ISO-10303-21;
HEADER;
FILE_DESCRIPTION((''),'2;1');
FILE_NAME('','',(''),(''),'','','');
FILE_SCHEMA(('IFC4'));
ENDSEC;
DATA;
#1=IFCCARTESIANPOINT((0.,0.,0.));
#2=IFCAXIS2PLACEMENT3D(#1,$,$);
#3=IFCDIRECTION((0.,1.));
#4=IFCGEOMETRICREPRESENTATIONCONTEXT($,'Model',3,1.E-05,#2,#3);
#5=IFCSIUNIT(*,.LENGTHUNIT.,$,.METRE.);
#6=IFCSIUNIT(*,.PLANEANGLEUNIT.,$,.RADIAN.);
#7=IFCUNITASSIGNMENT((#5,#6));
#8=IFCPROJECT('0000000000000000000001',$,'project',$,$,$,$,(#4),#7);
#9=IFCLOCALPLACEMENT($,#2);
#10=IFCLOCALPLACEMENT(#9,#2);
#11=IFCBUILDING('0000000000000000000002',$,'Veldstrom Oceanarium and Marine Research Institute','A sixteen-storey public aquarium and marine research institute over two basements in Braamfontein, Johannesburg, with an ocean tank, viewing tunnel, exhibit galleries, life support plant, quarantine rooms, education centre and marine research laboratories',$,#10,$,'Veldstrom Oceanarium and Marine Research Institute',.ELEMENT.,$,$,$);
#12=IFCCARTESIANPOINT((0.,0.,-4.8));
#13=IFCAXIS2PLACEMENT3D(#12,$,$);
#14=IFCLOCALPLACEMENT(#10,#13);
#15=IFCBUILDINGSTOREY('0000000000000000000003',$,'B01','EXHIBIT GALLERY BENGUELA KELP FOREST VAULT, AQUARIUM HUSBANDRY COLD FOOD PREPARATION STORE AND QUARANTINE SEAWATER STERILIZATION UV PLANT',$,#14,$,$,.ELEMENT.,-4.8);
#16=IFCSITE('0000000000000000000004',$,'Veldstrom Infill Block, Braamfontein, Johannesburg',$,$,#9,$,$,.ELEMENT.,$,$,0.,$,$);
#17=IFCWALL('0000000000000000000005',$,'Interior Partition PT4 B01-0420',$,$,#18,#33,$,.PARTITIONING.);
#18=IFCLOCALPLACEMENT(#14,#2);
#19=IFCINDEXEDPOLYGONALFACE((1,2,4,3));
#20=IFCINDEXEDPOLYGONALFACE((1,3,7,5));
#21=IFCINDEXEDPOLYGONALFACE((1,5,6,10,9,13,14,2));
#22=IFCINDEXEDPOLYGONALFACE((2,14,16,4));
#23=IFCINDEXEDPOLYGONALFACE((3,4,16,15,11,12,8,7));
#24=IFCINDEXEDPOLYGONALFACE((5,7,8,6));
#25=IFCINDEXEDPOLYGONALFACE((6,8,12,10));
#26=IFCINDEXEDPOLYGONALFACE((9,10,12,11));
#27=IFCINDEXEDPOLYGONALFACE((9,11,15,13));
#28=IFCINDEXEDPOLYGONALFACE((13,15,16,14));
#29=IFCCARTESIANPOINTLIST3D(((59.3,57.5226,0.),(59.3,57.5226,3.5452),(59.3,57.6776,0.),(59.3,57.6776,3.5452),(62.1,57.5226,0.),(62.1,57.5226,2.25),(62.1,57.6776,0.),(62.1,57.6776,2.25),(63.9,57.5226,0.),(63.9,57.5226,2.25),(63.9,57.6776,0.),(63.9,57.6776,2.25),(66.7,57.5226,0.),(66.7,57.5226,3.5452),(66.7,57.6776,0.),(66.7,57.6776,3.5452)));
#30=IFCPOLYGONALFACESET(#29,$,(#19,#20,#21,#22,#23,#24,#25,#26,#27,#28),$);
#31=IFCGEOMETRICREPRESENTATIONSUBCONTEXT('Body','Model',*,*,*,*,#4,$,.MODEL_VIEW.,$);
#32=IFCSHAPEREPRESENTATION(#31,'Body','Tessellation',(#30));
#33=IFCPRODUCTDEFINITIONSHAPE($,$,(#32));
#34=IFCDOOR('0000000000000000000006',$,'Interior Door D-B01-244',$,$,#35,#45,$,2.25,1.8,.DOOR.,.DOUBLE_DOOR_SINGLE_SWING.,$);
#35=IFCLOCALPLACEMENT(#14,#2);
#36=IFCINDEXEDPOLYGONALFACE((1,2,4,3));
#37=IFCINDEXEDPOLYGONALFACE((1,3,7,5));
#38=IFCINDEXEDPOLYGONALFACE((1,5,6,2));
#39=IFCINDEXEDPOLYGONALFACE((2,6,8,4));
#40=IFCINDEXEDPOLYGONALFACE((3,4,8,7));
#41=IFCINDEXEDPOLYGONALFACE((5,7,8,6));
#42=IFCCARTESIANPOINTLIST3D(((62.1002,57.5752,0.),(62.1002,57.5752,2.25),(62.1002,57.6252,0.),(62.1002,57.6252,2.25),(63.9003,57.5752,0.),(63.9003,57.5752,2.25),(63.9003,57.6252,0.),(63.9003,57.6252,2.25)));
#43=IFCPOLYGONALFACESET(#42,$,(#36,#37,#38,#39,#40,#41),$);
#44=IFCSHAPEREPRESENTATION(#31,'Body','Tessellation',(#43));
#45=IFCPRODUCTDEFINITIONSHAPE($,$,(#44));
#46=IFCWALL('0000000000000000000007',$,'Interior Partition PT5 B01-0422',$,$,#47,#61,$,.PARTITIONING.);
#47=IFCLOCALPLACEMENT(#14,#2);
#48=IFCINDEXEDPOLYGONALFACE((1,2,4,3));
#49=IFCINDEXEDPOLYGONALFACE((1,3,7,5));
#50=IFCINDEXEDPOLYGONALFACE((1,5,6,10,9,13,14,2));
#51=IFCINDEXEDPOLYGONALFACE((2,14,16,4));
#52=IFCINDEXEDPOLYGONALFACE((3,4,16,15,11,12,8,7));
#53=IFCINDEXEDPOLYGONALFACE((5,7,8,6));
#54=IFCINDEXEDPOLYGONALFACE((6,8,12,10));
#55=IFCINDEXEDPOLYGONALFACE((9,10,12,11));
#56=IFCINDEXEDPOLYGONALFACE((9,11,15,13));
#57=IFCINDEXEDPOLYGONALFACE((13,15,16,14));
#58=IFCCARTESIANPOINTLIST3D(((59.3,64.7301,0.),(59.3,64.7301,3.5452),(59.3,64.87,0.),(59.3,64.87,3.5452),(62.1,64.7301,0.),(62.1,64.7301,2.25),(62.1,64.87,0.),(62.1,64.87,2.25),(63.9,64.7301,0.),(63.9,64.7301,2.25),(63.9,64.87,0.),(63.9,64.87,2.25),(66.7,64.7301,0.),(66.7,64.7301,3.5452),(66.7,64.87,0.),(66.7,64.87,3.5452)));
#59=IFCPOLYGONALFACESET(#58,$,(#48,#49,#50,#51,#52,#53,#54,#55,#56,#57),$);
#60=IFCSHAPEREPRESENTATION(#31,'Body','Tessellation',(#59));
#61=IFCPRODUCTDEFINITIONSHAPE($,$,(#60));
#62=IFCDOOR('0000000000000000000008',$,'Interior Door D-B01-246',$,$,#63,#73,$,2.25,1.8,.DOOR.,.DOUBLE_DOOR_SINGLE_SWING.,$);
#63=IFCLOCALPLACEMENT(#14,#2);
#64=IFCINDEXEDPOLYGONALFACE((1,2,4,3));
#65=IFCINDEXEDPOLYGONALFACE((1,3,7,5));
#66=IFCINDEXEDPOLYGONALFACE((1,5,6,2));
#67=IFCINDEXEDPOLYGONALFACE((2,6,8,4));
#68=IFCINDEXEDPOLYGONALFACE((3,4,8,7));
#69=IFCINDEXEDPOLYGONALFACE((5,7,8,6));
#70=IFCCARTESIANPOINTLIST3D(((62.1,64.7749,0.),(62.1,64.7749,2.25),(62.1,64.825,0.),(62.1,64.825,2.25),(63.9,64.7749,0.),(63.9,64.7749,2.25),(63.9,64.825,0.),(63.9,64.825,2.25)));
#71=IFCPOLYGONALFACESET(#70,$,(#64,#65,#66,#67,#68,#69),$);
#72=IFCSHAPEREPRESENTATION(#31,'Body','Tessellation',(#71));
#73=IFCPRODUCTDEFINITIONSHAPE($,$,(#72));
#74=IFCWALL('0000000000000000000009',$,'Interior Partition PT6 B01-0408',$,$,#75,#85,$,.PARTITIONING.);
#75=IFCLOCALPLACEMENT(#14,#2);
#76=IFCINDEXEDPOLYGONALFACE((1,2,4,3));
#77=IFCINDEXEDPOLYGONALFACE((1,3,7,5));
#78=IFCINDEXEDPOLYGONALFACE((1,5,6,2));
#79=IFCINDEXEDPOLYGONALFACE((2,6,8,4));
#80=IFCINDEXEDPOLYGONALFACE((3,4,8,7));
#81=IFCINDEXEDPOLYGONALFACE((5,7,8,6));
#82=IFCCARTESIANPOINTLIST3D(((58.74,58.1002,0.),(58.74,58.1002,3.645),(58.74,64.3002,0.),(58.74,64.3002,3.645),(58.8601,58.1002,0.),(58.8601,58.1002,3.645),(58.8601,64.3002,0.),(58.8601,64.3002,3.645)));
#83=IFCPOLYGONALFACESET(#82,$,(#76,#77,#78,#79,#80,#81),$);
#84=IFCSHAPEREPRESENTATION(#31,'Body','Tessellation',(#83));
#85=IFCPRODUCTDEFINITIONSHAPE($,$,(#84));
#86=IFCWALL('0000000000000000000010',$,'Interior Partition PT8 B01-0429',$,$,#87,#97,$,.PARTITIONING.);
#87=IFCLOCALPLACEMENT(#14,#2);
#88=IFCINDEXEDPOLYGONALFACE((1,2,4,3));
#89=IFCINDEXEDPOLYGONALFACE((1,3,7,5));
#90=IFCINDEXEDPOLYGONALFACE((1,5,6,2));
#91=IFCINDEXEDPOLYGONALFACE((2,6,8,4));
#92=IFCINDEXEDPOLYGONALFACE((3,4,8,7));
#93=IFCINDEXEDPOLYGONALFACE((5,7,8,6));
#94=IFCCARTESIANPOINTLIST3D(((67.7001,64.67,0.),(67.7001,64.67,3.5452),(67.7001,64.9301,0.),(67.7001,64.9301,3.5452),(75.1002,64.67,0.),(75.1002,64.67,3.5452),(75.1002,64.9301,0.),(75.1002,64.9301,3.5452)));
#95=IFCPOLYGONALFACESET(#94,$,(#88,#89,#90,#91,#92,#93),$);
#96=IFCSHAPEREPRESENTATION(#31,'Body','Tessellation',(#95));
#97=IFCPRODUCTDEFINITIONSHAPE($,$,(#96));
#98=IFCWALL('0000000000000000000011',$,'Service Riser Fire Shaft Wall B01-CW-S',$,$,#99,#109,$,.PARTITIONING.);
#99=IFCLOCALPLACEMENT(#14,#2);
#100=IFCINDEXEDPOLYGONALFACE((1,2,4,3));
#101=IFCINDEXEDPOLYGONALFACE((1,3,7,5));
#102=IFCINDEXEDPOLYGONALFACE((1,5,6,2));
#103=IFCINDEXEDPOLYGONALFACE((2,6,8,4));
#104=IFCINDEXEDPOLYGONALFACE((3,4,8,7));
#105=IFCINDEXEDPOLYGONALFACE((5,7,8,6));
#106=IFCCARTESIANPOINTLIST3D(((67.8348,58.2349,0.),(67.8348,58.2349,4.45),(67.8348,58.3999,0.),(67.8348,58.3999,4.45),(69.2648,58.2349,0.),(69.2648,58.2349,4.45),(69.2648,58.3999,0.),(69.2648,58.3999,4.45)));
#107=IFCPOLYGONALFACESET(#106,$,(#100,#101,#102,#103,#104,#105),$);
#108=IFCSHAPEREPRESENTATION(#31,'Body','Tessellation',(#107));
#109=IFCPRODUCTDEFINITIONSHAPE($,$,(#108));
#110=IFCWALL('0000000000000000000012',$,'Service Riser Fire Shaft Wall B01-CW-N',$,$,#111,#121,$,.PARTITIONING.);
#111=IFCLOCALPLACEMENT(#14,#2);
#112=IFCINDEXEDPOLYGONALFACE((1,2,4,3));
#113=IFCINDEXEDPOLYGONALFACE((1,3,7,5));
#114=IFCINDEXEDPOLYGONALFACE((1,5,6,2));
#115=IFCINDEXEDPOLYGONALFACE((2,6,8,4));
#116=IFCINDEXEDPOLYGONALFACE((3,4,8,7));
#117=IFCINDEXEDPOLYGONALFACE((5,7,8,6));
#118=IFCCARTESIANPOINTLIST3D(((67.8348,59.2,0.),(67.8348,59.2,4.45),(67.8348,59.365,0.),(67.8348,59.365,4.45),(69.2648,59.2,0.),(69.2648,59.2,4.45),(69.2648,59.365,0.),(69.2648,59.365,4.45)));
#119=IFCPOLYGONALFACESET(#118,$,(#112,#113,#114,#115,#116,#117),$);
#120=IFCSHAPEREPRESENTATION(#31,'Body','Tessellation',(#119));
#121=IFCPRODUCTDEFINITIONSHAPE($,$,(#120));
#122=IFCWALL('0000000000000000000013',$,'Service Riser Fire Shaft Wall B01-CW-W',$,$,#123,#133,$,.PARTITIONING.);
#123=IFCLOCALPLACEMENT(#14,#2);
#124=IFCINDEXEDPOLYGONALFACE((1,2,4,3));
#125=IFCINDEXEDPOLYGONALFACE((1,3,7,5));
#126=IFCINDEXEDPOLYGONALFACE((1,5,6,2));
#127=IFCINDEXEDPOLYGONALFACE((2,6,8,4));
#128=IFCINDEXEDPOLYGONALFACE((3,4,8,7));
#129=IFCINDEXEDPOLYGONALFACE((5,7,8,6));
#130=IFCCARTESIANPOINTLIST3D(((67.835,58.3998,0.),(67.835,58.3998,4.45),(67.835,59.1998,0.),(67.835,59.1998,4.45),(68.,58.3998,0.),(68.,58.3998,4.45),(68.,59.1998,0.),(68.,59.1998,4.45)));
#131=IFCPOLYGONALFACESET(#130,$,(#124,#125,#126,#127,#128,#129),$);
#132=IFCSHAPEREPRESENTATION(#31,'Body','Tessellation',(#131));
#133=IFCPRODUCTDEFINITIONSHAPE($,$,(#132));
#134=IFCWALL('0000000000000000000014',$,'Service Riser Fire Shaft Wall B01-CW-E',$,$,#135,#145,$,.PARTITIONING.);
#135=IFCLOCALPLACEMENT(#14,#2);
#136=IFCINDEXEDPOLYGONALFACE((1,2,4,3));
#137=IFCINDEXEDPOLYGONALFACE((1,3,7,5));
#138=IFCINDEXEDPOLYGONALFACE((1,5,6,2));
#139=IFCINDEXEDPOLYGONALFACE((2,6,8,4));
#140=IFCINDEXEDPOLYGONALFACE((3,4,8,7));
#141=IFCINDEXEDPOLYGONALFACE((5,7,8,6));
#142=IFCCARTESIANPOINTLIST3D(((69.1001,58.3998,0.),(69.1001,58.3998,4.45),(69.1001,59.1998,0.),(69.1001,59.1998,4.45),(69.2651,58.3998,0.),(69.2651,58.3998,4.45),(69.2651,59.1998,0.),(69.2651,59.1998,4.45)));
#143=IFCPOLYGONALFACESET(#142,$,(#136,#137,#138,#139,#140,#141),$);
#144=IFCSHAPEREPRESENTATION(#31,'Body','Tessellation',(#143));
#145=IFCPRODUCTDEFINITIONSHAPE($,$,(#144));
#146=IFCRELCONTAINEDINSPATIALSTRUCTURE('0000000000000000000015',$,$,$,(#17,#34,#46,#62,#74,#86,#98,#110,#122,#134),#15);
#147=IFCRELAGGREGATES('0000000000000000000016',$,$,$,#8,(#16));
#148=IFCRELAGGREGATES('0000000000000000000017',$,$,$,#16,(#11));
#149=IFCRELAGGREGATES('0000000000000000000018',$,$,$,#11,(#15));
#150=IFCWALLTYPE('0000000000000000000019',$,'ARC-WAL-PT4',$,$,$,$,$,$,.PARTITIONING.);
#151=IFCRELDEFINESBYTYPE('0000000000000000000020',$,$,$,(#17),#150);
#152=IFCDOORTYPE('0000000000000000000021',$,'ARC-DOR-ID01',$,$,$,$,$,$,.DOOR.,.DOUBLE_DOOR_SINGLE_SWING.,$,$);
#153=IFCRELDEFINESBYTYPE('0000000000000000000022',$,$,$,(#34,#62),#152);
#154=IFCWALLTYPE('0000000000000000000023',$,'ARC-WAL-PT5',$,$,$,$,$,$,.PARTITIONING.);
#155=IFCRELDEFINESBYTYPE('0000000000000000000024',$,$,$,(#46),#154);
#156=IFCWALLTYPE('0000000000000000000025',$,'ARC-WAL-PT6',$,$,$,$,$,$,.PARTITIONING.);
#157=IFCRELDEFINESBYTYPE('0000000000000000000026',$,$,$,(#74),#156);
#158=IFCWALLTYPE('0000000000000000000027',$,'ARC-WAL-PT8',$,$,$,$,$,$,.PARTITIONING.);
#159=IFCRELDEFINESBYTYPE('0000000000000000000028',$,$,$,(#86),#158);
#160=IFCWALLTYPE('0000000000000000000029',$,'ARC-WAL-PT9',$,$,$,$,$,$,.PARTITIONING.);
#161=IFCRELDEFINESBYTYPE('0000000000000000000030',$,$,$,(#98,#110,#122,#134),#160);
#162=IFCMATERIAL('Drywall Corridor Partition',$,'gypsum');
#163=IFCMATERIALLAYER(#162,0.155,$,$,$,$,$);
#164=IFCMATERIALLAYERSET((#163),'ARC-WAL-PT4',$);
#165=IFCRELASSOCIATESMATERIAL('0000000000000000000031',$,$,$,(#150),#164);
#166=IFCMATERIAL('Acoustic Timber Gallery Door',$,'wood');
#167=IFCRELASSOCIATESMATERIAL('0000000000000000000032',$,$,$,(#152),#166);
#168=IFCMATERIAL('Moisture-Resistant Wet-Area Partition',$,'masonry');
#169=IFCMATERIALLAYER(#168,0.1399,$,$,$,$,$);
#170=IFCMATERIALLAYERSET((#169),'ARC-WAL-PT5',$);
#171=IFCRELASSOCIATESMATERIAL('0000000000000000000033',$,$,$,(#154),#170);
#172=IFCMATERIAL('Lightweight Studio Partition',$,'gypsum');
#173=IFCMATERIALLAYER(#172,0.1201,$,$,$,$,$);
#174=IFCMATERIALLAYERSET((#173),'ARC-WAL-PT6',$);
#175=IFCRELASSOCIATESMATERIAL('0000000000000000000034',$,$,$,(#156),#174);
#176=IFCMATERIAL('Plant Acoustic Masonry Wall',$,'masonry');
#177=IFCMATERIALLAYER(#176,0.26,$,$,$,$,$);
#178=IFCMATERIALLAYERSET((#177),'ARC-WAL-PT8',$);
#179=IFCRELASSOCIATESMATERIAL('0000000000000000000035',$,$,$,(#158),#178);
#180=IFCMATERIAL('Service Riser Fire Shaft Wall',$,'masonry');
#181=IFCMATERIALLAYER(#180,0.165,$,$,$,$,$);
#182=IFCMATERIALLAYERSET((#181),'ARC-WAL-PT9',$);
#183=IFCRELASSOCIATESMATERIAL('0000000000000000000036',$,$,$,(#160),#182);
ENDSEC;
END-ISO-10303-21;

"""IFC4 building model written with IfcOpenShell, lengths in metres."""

from ifc_helpers import new_model, si_unit, direction, frame, frame_2d, origin, place, context, subcontext, project, spatial, rectangle, extrude, material, layer, layer_set, type_object, element, fill, save


model = new_model("IFC4")

# Units and contexts
model_context = context("Model", 3, precision=1e-05, world=origin(), true_north=direction((0.0, 1.0)))
body_context = subcontext(model_context, "Body", "Model", "MODEL_VIEW")
ifc_project = project(units=[si_unit("LENGTHUNIT", "METRE"), si_unit("PLANEANGLEUNIT", "RADIAN")], contexts=[model_context])

# Site, building, storey
site_placement = place(None, origin())
site = spatial("IfcSite", under=ifc_project, at=site_placement, Name="Veldstrom Infill Block, Braamfontein, Johannesburg", CompositionType="ELEMENT", RefElevation=0.0)
building_placement = place(site_placement, origin())
building = spatial("IfcBuilding", under=site, at=building_placement, Name="Veldstrom Oceanarium and Marine Research Institute", Description="A sixteen-storey public aquarium and marine research institute over two basements in Braamfontein, Johannesburg, with an ocean tank, viewing tunnel, exhibit galleries, life support plant, quarantine rooms, education centre and marine research laboratories", LongName="Veldstrom Oceanarium and Marine Research Institute", CompositionType="ELEMENT")
storey_placement = place(building_placement, frame((0.0, 0.0, -4.8)))
storey = spatial("IfcBuildingStorey", under=building, at=storey_placement, Name="B01", Description="EXHIBIT GALLERY BENGUELA KELP FOREST VAULT, AQUARIUM HUSBANDRY COLD FOOD PREPARATION STORE AND QUARANTINE SEAWATER STERILIZATION UV PLANT", CompositionType="ELEMENT", Elevation=-4.8)

# Walls, openings, doors
ifc_material_1 = material(Name="Drywall Corridor Partition", Category="gypsum")
ifc_layer_1 = layer(ifc_material_1, 0.155)
ifc_layer_set_1 = layer_set([ifc_layer_1], Name="ARC-WAL-PT4")
wall_type_1 = type_object("IfcWallType", Name="ARC-WAL-PT4", PredefinedType="PARTITIONING", material=ifc_layer_set_1)
wall_1_placement = place(storey_placement, frame((59.3, 57.6001, 0.0), z_axis=(0.0, 0.0, 1.0), x_axis=(1.0, 0.0, 0.0)))
wall_1 = element("IfcWall", 1, at=wall_1_placement, inside=storey, type_object=wall_type_1, Name="Interior Partition PT4 B01-0420", PredefinedType="PARTITIONING", context=body_context, shape_type="SweptSolid", body=[
    extrude(rectangle(XDim=7.3999, YDim=0.155, at=frame_2d((3.7, 0.0))), origin(), (0.0, 0.0, 1.0), 3.5452),
])
opening_1_placement = place(wall_1_placement, frame((2.8, 0.0, 0.0)))
opening_1 = element("IfcOpeningElement", 2, at=opening_1_placement, cuts=wall_1, PredefinedType="OPENING", context=body_context, shape_type="SweptSolid", body=[
    extrude(rectangle(XDim=1.8, YDim=2.25, at=frame_2d((0.8999, 1.125))), frame((0.0, 0.0874, 0.0), z_axis=(0.0, -1.0, 0.0), x_axis=(1.0, 0.0, 0.0)), (0.0, 0.0, 1.0), 0.175),
])
ifc_material_2 = material(Name="Acoustic Timber Gallery Door", Category="wood")
door_type_1 = type_object("IfcDoorType", Name="ARC-DOR-ID01", OperationType="DOUBLE_DOOR_SINGLE_SWING", PredefinedType="DOOR", material=ifc_material_2)
door_1_placement = place(opening_1_placement, frame((1.8, 0.0, 0.0), z_axis=(0.0, 0.0, 1.0), x_axis=(-1.0, 0.0, 0.0)))
door_1 = element("IfcDoor", 3, at=door_1_placement, inside=storey, type_object=door_type_1, Name="Interior Door D-B01-244", OperationType="DOUBLE_DOOR_SINGLE_SWING", OverallHeight=2.25, OverallWidth=1.8, PredefinedType="DOOR", context=body_context, shape_type="SweptSolid", body=[
    extrude(rectangle(XDim=1.8, YDim=2.25, at=frame_2d((0.8999, 1.125))), frame((0.0, 0.0249, 0.0), z_axis=(0.0, -1.0, 0.0), x_axis=(1.0, 0.0, 0.0)), (0.0, 0.0, 1.0), 0.05),
])
fill(opening_1, door_1)
ifc_material_3 = material(Name="Moisture-Resistant Wet-Area Partition", Category="masonry")
ifc_layer_2 = layer(ifc_material_3, 0.1399)
ifc_layer_set_2 = layer_set([ifc_layer_2], Name="ARC-WAL-PT5")
wall_type_2 = type_object("IfcWallType", Name="ARC-WAL-PT5", PredefinedType="PARTITIONING", material=ifc_layer_set_2)
wall_2_placement = place(storey_placement, frame((59.3, 64.8, 0.0), z_axis=(0.0, 0.0, 1.0), x_axis=(1.0, 0.0, 0.0)))
wall_2 = element("IfcWall", 4, at=wall_2_placement, inside=storey, type_object=wall_type_2, Name="Interior Partition PT5 B01-0422", PredefinedType="PARTITIONING", context=body_context, shape_type="SweptSolid", body=[
    extrude(rectangle(XDim=7.3999, YDim=0.1399, at=frame_2d((3.7, 0.0))), origin(), (0.0, 0.0, 1.0), 3.5452),
])
opening_2_placement = place(wall_2_placement, frame((2.8, 0.0, 0.0)))
opening_2 = element("IfcOpeningElement", 5, at=opening_2_placement, cuts=wall_2, PredefinedType="OPENING", context=body_context, shape_type="SweptSolid", body=[
    extrude(rectangle(XDim=1.8, YDim=2.25, at=frame_2d((0.8999, 1.125))), frame((0.0, 0.0798, 0.0), z_axis=(0.0, -1.0, 0.0), x_axis=(1.0, 0.0, 0.0)), (0.0, 0.0, 1.0), 0.1599),
])
door_2_placement = place(opening_2_placement, origin())
door_2 = element("IfcDoor", 6, at=door_2_placement, inside=storey, type_object=door_type_1, Name="Interior Door D-B01-246", OperationType="DOUBLE_DOOR_SINGLE_SWING", OverallHeight=2.25, OverallWidth=1.8, PredefinedType="DOOR", context=body_context, shape_type="SweptSolid", body=[
    extrude(rectangle(XDim=1.8, YDim=2.25, at=frame_2d((0.8999, 1.125))), frame((0.0, 0.0249, 0.0), z_axis=(0.0, -1.0, 0.0), x_axis=(1.0, 0.0, 0.0)), (0.0, 0.0, 1.0), 0.05),
])
fill(opening_2, door_2)

# Walls
ifc_material_4 = material(Name="Lightweight Studio Partition", Category="gypsum")
ifc_layer_3 = layer(ifc_material_4, 0.1201)
ifc_layer_set_3 = layer_set([ifc_layer_3], Name="ARC-WAL-PT6")
wall_type_3 = type_object("IfcWallType", Name="ARC-WAL-PT6", PredefinedType="PARTITIONING", material=ifc_layer_set_3)
wall_3_placement = place(storey_placement, frame((58.8, 58.1001, 0.0), z_axis=(0.0, 0.0, 1.0), x_axis=(0.0, 1.0, 0.0)))
element("IfcWall", 7, at=wall_3_placement, inside=storey, type_object=wall_type_3, Name="Interior Partition PT6 B01-0408", PredefinedType="PARTITIONING", context=body_context, shape_type="SweptSolid", body=[
    extrude(rectangle(XDim=6.2, YDim=0.1201, at=frame_2d((3.1001, 0.0))), origin(), (0.0, 0.0, 1.0), 3.645),
])
ifc_material_5 = material(Name="Plant Acoustic Masonry Wall", Category="masonry")
ifc_layer_4 = layer(ifc_material_5, 0.26)
ifc_layer_set_4 = layer_set([ifc_layer_4], Name="ARC-WAL-PT8")
wall_type_4 = type_object("IfcWallType", Name="ARC-WAL-PT8", PredefinedType="PARTITIONING", material=ifc_layer_set_4)
wall_4_placement = place(storey_placement, frame((67.7, 64.8, 0.0), z_axis=(0.0, 0.0, 1.0), x_axis=(1.0, 0.0, 0.0)))
element("IfcWall", 8, at=wall_4_placement, inside=storey, type_object=wall_type_4, Name="Interior Partition PT8 B01-0429", PredefinedType="PARTITIONING", context=body_context, shape_type="SweptSolid", body=[
    extrude(rectangle(XDim=7.4001, YDim=0.26, at=frame_2d((3.7002, 0.0))), origin(), (0.0, 0.0, 1.0), 3.5452),
])
ifc_material_6 = material(Name="Service Riser Fire Shaft Wall", Category="masonry")
ifc_layer_5 = layer(ifc_material_6, 0.165)
ifc_layer_set_5 = layer_set([ifc_layer_5], Name="ARC-WAL-PT9")
wall_type_5 = type_object("IfcWallType", Name="ARC-WAL-PT9", PredefinedType="PARTITIONING", material=ifc_layer_set_5)
for number, where, z_axis, x_axis, name in (
    (9, (67.835, 58.3174, 0.0), (0.0, 0.0, 1.0), (1.0, 0.0, 0.0), "Service Riser Fire Shaft Wall B01-CW-S"),
    (10, (67.835, 59.2825, 0.0), (0.0, 0.0, 1.0), (1.0, 0.0, 0.0), "Service Riser Fire Shaft Wall B01-CW-N"),
):
    element("IfcWall", number, at=place(storey_placement, frame(where, z_axis=z_axis, x_axis=x_axis)), inside=storey, type_object=wall_type_5, Name=name, PredefinedType="PARTITIONING", context=body_context, shape_type="SweptSolid", body=[
        extrude(rectangle(XDim=1.4299, YDim=0.165, at=frame_2d((0.7148, 0.0))), origin(), (0.0, 0.0, 1.0), 4.45),
    ])
for number, where, z_axis, x_axis, name in (
    (11, (67.9175, 58.3999, 0.0), (0.0, 0.0, 1.0), (0.0, 1.0, 0.0), "Service Riser Fire Shaft Wall B01-CW-W"),
    (12, (69.1826, 58.3999, 0.0), (0.0, 0.0, 1.0), (0.0, 1.0, 0.0), "Service Riser Fire Shaft Wall B01-CW-E"),
):
    element("IfcWall", number, at=place(storey_placement, frame(where, z_axis=z_axis, x_axis=x_axis)), inside=storey, type_object=wall_type_5, Name=name, PredefinedType="PARTITIONING", context=body_context, shape_type="SweptSolid", body=[
        extrude(rectangle(XDim=0.8, YDim=0.165, at=frame_2d((0.3999, 0.0))), origin(), (0.0, 0.0, 1.0), 4.45),
    ])

save(model, "model.ifc")
